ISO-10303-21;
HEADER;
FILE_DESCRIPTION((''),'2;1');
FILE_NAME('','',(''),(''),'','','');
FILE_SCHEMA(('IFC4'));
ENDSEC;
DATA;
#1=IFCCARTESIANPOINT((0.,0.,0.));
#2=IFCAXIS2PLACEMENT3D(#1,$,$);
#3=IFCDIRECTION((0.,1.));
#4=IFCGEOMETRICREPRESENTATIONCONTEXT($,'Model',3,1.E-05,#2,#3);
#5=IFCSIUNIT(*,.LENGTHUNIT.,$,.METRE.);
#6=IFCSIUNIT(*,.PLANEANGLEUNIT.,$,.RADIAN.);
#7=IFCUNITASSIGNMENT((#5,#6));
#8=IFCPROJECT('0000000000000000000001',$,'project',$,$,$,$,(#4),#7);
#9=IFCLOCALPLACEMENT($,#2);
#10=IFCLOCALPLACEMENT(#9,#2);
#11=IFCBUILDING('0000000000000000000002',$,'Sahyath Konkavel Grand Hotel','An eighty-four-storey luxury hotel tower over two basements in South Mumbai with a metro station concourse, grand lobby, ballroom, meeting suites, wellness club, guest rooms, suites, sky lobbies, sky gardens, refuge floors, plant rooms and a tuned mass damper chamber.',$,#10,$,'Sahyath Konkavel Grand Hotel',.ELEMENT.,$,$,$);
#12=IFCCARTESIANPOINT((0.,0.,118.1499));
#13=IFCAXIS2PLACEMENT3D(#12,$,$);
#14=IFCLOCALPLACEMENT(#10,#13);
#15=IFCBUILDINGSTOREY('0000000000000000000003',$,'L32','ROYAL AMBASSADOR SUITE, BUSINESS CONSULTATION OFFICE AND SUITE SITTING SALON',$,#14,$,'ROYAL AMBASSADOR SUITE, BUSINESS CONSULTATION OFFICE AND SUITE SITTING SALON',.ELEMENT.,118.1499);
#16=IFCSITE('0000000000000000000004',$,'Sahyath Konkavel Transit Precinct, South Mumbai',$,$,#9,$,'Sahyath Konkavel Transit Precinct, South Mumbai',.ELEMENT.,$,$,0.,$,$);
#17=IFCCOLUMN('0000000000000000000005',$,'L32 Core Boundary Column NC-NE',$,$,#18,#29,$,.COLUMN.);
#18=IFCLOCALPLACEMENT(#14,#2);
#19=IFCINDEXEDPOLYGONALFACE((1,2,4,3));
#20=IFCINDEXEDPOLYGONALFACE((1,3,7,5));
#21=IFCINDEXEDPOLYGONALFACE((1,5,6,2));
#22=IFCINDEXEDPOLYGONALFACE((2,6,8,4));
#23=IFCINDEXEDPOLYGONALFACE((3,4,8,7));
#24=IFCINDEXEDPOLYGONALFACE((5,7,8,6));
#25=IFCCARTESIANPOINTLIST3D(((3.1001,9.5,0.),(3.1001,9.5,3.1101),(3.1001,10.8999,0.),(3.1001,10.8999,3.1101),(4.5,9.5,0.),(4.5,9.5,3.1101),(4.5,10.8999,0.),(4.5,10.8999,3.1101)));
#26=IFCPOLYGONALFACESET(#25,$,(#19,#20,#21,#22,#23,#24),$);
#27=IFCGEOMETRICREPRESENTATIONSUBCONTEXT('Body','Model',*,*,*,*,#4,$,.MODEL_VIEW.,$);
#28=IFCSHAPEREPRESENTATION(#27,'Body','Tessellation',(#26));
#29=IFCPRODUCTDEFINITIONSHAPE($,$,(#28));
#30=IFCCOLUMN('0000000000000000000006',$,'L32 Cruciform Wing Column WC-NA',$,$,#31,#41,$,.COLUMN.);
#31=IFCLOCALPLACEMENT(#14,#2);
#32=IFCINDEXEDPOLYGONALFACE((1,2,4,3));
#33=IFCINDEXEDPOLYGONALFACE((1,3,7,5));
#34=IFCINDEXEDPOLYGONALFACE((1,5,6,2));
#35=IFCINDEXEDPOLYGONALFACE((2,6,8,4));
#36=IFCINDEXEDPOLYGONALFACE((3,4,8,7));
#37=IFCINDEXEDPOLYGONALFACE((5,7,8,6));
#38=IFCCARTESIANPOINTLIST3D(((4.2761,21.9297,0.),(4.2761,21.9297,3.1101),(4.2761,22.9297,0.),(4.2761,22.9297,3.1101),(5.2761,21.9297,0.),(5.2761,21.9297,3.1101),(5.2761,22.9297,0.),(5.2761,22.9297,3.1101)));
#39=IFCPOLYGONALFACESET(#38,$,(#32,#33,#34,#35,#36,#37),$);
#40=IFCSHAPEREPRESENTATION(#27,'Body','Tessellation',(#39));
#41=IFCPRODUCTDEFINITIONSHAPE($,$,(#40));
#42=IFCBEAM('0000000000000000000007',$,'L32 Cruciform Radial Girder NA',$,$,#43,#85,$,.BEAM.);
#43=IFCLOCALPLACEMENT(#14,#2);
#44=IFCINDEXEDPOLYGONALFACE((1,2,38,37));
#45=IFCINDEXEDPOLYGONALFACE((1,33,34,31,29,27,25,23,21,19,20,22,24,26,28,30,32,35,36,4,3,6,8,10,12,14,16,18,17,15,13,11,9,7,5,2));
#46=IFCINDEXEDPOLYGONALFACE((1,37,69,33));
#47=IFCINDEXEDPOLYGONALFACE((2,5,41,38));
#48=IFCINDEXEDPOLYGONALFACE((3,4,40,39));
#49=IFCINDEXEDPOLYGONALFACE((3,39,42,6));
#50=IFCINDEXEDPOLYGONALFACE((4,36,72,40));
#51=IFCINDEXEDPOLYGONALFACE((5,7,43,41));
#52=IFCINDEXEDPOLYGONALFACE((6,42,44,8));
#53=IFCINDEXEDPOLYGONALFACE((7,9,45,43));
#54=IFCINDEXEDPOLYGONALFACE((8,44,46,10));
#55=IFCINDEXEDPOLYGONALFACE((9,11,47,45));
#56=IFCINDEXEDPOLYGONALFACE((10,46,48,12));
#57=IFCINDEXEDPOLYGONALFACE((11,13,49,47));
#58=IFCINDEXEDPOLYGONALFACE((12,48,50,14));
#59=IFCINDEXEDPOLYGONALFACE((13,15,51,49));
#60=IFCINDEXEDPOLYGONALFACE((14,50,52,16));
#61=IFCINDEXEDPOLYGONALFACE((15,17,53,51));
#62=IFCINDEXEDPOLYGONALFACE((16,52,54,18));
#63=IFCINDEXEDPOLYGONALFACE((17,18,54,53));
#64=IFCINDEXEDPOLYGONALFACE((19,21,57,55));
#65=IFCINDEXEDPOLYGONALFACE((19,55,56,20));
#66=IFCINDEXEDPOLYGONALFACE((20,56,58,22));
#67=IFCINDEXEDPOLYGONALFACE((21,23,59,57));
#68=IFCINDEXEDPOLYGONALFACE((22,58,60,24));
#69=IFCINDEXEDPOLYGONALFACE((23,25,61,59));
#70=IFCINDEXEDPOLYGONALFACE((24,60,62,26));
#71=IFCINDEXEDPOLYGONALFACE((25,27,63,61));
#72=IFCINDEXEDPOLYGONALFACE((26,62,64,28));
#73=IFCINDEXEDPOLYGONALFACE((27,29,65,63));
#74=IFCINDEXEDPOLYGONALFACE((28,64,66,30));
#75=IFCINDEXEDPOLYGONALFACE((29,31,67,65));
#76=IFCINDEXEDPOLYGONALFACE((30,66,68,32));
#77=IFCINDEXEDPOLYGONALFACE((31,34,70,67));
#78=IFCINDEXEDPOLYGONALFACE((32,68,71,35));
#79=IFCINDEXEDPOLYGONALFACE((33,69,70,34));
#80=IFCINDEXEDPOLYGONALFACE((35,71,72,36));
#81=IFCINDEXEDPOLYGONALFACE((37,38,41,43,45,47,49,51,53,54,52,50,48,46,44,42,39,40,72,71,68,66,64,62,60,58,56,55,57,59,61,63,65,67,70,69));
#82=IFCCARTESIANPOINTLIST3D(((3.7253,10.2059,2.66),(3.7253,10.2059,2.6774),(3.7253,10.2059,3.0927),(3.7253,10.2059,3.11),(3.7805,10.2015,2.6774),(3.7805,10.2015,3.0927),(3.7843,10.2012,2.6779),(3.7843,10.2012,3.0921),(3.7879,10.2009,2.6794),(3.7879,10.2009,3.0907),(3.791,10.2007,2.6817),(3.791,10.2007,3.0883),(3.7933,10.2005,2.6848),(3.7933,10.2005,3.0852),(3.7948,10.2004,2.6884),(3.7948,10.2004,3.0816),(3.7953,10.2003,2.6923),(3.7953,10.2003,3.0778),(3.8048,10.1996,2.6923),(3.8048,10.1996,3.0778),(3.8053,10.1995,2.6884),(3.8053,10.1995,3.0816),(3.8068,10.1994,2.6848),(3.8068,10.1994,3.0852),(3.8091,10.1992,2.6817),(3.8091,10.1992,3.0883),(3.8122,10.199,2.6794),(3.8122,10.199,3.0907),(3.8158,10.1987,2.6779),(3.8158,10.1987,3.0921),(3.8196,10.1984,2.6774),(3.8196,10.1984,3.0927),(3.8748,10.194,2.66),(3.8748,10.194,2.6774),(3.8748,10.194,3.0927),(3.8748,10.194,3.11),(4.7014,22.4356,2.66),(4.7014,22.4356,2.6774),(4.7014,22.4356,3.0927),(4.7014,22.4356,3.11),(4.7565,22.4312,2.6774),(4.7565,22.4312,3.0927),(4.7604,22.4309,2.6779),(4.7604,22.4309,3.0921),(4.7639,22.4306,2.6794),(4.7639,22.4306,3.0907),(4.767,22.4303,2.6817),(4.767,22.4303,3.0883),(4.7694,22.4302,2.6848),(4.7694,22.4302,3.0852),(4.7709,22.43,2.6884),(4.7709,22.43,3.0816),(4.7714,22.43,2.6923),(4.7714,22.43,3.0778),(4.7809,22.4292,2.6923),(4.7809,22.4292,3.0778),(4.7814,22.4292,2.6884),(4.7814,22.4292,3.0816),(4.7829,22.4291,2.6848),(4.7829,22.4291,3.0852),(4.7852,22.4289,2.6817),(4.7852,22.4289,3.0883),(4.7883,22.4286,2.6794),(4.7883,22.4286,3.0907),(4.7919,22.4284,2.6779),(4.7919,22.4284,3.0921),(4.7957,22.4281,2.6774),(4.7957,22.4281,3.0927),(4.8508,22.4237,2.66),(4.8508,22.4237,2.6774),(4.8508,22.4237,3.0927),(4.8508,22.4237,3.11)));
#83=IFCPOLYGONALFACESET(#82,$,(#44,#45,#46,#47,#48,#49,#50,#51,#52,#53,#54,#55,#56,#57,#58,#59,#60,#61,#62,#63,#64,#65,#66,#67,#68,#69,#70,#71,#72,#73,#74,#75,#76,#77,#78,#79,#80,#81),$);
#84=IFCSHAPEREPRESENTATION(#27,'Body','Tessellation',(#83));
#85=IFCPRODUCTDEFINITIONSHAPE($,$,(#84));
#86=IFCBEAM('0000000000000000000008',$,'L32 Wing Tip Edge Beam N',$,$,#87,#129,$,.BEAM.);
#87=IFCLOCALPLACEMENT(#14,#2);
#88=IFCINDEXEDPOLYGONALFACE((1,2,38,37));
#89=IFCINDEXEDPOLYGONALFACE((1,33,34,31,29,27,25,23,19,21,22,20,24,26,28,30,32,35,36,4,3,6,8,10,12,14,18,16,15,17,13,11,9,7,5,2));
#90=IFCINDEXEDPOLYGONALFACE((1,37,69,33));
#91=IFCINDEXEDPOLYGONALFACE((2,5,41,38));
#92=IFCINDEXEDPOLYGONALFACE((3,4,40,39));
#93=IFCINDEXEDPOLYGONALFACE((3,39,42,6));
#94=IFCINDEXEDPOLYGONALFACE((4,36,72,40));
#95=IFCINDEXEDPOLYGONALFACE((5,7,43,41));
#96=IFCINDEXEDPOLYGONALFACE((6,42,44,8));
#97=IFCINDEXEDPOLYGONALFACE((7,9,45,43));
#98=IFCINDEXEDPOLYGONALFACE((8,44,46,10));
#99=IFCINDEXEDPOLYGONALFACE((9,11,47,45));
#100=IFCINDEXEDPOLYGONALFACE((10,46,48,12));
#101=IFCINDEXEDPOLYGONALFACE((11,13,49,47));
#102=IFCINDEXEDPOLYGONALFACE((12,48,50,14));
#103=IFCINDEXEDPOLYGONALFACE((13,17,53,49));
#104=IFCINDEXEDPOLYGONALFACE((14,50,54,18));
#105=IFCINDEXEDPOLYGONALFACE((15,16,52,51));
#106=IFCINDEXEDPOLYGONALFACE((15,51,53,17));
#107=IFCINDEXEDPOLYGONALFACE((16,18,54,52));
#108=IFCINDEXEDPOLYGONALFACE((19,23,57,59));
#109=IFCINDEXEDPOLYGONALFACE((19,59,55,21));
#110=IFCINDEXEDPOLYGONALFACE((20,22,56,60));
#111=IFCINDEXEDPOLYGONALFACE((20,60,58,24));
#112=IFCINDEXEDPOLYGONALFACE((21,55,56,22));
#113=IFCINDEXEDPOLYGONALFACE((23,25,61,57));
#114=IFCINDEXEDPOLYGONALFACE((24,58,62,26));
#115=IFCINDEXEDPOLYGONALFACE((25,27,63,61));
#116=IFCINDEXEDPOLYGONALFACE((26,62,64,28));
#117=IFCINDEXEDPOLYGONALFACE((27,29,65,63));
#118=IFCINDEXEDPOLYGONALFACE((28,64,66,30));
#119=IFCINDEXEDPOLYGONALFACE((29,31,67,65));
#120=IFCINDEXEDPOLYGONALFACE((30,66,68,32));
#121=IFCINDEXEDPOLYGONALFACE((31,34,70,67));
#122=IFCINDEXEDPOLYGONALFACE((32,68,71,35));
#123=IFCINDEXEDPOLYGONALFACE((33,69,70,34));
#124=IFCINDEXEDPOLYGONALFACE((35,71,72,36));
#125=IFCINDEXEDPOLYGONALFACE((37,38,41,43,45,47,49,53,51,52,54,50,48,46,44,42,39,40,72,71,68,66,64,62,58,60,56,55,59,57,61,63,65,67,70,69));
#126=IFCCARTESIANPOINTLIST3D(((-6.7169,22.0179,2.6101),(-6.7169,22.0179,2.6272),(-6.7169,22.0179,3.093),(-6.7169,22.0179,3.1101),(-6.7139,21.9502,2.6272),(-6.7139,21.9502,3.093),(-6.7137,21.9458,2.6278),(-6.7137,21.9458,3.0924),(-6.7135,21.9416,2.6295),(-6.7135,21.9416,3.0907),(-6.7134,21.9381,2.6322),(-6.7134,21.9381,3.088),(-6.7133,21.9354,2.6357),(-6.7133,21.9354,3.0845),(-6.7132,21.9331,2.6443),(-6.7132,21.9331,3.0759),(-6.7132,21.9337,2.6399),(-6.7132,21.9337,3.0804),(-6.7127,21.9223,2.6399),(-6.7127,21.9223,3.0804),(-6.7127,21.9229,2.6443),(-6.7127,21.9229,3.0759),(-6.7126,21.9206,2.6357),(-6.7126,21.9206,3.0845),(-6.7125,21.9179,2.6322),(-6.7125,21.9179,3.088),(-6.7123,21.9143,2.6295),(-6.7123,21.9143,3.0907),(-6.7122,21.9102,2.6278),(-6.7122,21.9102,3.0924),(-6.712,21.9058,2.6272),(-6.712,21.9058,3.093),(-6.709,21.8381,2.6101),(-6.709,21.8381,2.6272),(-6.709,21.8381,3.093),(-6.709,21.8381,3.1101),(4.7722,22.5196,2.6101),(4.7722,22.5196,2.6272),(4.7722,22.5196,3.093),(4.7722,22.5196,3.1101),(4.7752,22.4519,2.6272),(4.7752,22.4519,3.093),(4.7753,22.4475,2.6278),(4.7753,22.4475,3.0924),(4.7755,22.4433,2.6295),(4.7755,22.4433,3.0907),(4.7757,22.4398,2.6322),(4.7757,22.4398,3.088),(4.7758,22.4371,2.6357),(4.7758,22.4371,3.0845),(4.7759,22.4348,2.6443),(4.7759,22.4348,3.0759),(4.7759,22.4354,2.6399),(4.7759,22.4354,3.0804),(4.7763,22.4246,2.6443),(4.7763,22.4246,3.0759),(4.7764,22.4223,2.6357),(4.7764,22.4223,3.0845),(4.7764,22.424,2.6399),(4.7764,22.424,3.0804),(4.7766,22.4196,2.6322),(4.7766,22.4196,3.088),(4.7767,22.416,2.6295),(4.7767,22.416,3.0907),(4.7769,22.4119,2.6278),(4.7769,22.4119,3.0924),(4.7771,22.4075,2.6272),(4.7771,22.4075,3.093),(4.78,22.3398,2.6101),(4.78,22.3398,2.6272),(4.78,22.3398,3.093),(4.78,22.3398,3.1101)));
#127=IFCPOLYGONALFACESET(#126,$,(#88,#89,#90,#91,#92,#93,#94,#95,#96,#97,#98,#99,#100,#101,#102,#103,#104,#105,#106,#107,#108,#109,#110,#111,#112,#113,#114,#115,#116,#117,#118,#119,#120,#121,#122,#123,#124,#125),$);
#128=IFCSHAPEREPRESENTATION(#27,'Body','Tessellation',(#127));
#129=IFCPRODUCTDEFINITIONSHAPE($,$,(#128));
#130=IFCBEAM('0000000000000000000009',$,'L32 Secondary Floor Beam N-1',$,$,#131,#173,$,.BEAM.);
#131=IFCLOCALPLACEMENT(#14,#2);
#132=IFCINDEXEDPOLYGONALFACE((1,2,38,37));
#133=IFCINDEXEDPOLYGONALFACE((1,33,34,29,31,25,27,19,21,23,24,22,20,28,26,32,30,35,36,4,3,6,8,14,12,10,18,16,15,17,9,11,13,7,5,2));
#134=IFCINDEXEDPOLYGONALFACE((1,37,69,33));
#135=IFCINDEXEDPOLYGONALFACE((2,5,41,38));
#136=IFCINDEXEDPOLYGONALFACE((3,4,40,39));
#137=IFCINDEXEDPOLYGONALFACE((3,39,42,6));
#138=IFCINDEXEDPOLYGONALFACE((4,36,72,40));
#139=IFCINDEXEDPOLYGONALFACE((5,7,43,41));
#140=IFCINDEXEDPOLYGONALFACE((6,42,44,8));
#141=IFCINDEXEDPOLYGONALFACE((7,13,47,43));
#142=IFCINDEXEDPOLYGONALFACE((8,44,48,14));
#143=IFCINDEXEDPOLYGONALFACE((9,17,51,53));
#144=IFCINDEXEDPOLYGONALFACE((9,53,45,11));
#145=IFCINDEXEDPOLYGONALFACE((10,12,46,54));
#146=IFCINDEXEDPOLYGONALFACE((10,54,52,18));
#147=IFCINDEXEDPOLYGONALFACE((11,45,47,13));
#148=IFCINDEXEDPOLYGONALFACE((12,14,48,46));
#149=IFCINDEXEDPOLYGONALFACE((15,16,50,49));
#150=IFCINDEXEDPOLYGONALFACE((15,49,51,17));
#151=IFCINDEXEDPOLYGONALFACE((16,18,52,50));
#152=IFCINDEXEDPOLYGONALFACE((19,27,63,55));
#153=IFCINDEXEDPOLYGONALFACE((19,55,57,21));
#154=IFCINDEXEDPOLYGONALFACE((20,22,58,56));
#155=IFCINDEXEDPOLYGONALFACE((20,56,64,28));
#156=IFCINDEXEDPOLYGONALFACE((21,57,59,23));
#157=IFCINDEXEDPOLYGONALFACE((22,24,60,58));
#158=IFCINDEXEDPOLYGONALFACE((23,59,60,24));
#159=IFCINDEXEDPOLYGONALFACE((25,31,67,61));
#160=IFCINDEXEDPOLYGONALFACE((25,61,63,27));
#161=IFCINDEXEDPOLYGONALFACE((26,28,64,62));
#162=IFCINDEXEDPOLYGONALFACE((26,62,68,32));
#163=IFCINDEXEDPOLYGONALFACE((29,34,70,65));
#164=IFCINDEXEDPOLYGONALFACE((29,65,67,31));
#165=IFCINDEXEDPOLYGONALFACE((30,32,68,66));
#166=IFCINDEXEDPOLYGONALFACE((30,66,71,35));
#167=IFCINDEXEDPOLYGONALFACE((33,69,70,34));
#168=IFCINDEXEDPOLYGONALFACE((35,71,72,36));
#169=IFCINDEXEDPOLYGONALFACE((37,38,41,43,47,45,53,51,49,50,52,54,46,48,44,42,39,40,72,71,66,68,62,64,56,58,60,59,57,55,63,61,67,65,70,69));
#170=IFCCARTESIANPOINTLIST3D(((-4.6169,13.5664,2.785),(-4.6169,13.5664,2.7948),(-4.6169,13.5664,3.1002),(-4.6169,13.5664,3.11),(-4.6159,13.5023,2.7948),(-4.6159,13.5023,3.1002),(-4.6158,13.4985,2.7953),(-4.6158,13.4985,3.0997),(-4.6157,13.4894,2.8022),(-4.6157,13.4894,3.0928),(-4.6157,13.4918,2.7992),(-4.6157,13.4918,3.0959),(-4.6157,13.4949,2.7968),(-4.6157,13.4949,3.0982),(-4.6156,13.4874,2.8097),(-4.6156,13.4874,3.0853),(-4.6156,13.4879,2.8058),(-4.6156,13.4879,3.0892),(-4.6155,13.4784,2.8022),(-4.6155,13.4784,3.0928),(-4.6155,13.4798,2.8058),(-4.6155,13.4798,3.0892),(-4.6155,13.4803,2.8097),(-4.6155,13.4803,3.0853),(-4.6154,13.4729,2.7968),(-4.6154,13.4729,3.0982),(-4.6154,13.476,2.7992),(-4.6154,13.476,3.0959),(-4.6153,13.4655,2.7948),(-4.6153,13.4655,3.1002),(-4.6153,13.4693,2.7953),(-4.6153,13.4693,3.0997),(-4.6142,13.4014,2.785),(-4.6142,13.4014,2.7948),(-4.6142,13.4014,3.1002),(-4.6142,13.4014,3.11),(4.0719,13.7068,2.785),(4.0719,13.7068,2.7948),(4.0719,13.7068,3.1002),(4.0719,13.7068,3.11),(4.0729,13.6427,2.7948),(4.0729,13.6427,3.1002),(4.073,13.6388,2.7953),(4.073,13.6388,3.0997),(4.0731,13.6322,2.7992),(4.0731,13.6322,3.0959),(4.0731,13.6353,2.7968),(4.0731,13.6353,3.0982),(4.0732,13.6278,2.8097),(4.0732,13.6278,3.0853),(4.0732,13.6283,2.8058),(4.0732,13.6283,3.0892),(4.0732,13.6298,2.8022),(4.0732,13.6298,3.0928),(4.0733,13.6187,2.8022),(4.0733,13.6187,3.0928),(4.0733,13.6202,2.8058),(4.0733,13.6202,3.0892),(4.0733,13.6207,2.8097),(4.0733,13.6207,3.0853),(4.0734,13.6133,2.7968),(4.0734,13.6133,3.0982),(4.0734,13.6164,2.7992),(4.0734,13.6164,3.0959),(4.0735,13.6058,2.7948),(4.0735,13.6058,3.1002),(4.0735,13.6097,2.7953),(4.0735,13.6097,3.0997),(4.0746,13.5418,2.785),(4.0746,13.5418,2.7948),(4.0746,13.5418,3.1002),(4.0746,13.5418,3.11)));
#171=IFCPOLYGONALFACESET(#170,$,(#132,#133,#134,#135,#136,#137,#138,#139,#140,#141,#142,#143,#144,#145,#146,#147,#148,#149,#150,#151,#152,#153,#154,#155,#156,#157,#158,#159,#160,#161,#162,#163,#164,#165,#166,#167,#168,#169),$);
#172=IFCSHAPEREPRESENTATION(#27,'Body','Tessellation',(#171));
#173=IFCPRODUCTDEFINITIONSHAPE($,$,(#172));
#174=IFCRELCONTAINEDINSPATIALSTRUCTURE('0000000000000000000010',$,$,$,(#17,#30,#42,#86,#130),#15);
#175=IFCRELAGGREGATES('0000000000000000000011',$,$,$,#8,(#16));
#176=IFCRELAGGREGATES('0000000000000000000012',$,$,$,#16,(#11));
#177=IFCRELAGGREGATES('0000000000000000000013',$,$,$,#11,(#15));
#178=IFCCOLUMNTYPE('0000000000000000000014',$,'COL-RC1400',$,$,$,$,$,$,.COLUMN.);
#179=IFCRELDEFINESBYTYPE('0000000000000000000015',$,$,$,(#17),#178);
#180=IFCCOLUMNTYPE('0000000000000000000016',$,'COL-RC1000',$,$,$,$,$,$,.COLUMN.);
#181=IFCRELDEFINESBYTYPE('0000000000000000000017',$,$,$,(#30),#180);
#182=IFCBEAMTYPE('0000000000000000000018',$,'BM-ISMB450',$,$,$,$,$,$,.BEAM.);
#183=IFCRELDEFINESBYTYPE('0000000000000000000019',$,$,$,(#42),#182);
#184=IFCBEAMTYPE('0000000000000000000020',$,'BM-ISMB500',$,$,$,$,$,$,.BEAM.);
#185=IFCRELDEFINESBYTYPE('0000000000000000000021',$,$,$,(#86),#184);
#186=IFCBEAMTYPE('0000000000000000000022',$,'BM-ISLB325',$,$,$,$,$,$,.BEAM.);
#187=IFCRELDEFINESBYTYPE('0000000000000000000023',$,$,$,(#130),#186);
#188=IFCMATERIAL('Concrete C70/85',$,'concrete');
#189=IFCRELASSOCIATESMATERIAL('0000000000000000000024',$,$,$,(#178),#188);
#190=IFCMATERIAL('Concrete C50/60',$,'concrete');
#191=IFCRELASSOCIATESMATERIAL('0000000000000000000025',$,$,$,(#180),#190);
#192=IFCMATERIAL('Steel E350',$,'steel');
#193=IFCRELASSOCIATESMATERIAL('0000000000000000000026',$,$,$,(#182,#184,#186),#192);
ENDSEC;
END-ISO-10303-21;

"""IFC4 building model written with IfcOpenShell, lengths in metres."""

from ifc_helpers import new_model, si_unit, direction, frame, origin, origin_2d, place, context, subcontext, project, spatial, rectangle, i_section, extrude, source, transform, mapped, material, material_profile, profile_set, type_object, element, save


model = new_model("IFC4")

# Units and contexts
model_context = context("Model", 3, precision=1e-05, world=origin(), true_north=direction((0.0, 1.0)))
body_context = subcontext(model_context, "Body", "Model", "MODEL_VIEW")
ifc_project = project(units=[si_unit("LENGTHUNIT", "METRE"), si_unit("PLANEANGLEUNIT", "RADIAN")], contexts=[model_context])

# Site, building, storey
site_placement = place(None, origin())
site = spatial("IfcSite", under=ifc_project, at=site_placement, Name="Sahyath Konkavel Transit Precinct, South Mumbai", LongName="Sahyath Konkavel Transit Precinct, South Mumbai", CompositionType="ELEMENT", RefElevation=0.0)
building_placement = place(site_placement, origin())
building = spatial("IfcBuilding", under=site, at=building_placement, Name="Sahyath Konkavel Grand Hotel", Description="An eighty-four-storey luxury hotel tower over two basements in South Mumbai with a metro station concourse, grand lobby, ballroom, meeting suites, wellness club, guest rooms, suites, sky lobbies, sky gardens, refuge floors, plant rooms and a tuned mass damper chamber.", LongName="Sahyath Konkavel Grand Hotel", CompositionType="ELEMENT")
storey_placement = place(building_placement, frame((0.0, 0.0, 118.1499)))
storey = spatial("IfcBuildingStorey", under=building, at=storey_placement, Name="L32", Description="ROYAL AMBASSADOR SUITE, BUSINESS CONSULTATION OFFICE AND SUITE SITTING SALON", LongName="ROYAL AMBASSADOR SUITE, BUSINESS CONSULTATION OFFICE AND SUITE SITTING SALON", CompositionType="ELEMENT", Elevation=118.1499)

# Columns
ifc_material_1 = material(Name="Concrete C70/85", Category="concrete")
ifc_material_profile_1 = material_profile(ifc_material_1, rectangle(XDim=1.3999, YDim=1.3999, at=origin_2d()), Name="RC 1400x1400")
ifc_profile_set_1 = profile_set([ifc_material_profile_1], Name="Concrete C70/85")
column_type_1 = type_object("IfcColumnType", Name="COL-RC1400", PredefinedType="COLUMN", material=ifc_profile_set_1)
shared_shape_1 = source(origin(), body_context, "Body", "SweptSolid", [
    extrude(rectangle(XDim=1.3999, YDim=1.3999, at=origin_2d()), origin(), (0.0, 0.0, 1.0), 3.1101),
])
column_1_placement = place(storey_placement, frame((3.8, 10.2, 0.0), z_axis=(0.0, 0.0, 1.0), x_axis=(1.0, 0.0, 0.0)))
element("IfcColumn", 1, at=column_1_placement, inside=storey, type_object=column_type_1, Name="L32 Core Boundary Column NC-NE", PredefinedType="COLUMN", context=body_context, shape_type="MappedRepresentation", body=[
    mapped(shared_shape_1, transform((0.0, 0.0, 0.0), scale=1.0)),
])
ifc_material_2 = material(Name="Concrete C50/60", Category="concrete")
ifc_material_profile_2 = material_profile(ifc_material_2, rectangle(XDim=1.0, YDim=1.0, at=origin_2d()), Name="RC 1000x1000")
ifc_profile_set_2 = profile_set([ifc_material_profile_2], Name="Concrete C50/60")
column_type_2 = type_object("IfcColumnType", Name="COL-RC1000", PredefinedType="COLUMN", material=ifc_profile_set_2)
shared_shape_2 = source(origin(), body_context, "Body", "SweptSolid", [
    extrude(rectangle(XDim=1.0, YDim=1.0, at=origin_2d()), origin(), (0.0, 0.0, 1.0), 3.1101),
])
column_2_placement = place(storey_placement, frame((4.7761, 22.4297, 0.0), z_axis=(0.0, 0.0, 1.0), x_axis=(1.0, 0.0, 0.0)))
element("IfcColumn", 2, at=column_2_placement, inside=storey, type_object=column_type_2, Name="L32 Cruciform Wing Column WC-NA", PredefinedType="COLUMN", context=body_context, shape_type="MappedRepresentation", body=[
    mapped(shared_shape_2, transform((0.0, 0.0, 0.0), scale=1.0)),
])

# Beams
ifc_material_3 = material(Name="Steel E350", Category="steel")
ifc_material_profile_3 = material_profile(ifc_material_3, i_section(OverallWidth=0.1499, OverallDepth=0.45, WebThickness=0.0095, FlangeThickness=0.0173, FilletRadius=0.0149, at=origin_2d()), Name="ISMB 450")
ifc_profile_set_3 = profile_set([ifc_material_profile_3], Name="Steel E350")
beam_type_1 = type_object("IfcBeamType", Name="BM-ISMB450", PredefinedType="BEAM", material=ifc_profile_set_3)
shared_shape_3 = source(origin(), body_context, "Body", "SweptSolid", [
    extrude(i_section(OverallWidth=0.1499, OverallDepth=0.45, WebThickness=0.0095, FlangeThickness=0.0173, FilletRadius=0.0149, at=origin_2d()), origin(), (0.0, 0.0, 1.0), 12.2686),
])
beam_1_placement = place(storey_placement, frame((3.8, 10.2, 2.885), z_axis=(0.079559, 0.99683, 0.0), x_axis=(-0.99683, 0.079559, 0.0)))
element("IfcBeam", 3, at=beam_1_placement, inside=storey, type_object=beam_type_1, Name="L32 Cruciform Radial Girder NA", PredefinedType="BEAM", context=body_context, shape_type="MappedRepresentation", body=[
    mapped(shared_shape_3, transform((0.0, 0.0, 0.0), scale=1.0)),
])
ifc_material_profile_4 = material_profile(ifc_material_3, i_section(OverallWidth=0.1799, OverallDepth=0.5, WebThickness=0.0103, FlangeThickness=0.0171, FilletRadius=0.0171, at=origin_2d()), Name="ISMB 500")
ifc_profile_set_4 = profile_set([ifc_material_profile_4], Name="Steel E350")
beam_type_2 = type_object("IfcBeamType", Name="BM-ISMB500", PredefinedType="BEAM", material=ifc_profile_set_4)
shared_shape_4 = source(origin(), body_context, "Body", "SweptSolid", [
    extrude(i_section(OverallWidth=0.1799, OverallDepth=0.5, WebThickness=0.0103, FlangeThickness=0.0171, FilletRadius=0.0171, at=origin_2d()), origin(), (0.0, 0.0, 1.0), 11.5),
])
beam_2_placement = place(storey_placement, frame((4.7761, 22.4297, 2.8601), z_axis=(-0.999048, -0.043627, 0.0), x_axis=(0.043627, -0.999048, 0.0)))
element("IfcBeam", 4, at=beam_2_placement, inside=storey, type_object=beam_type_2, Name="L32 Wing Tip Edge Beam N", PredefinedType="BEAM", context=body_context, shape_type="MappedRepresentation", body=[
    mapped(shared_shape_4, transform((0.0, 0.0, 0.0), scale=1.0)),
])
ifc_material_profile_5 = material_profile(ifc_material_3, i_section(OverallWidth=0.165, OverallDepth=0.325, WebThickness=0.0071, FlangeThickness=0.0098, FilletRadius=0.0149, at=origin_2d()), Name="ISLB 325")
ifc_profile_set_5 = profile_set([ifc_material_profile_5], Name="Steel E350")
beam_type_3 = type_object("IfcBeamType", Name="BM-ISLB325", PredefinedType="BEAM", material=ifc_profile_set_5)
shared_shape_5 = source(origin(), body_context, "Body", "SweptSolid", [
    extrude(i_section(OverallWidth=0.165, OverallDepth=0.325, WebThickness=0.0071, FlangeThickness=0.0098, FilletRadius=0.0149, at=origin_2d()), origin(), (0.0, 0.0, 1.0), 8.6899),
])
beam_3_placement = place(storey_placement, frame((4.0732, 13.6243, 2.9475), z_axis=(-0.99987, -0.016155, 0.0), x_axis=(0.016155, -0.99987, 0.0)))
element("IfcBeam", 5, at=beam_3_placement, inside=storey, type_object=beam_type_3, Name="L32 Secondary Floor Beam N-1", PredefinedType="BEAM", context=body_context, shape_type="MappedRepresentation", body=[
    mapped(shared_shape_5, transform((0.0, 0.0, 0.0), scale=1.0)),
])

save(model, "model.ifc")
